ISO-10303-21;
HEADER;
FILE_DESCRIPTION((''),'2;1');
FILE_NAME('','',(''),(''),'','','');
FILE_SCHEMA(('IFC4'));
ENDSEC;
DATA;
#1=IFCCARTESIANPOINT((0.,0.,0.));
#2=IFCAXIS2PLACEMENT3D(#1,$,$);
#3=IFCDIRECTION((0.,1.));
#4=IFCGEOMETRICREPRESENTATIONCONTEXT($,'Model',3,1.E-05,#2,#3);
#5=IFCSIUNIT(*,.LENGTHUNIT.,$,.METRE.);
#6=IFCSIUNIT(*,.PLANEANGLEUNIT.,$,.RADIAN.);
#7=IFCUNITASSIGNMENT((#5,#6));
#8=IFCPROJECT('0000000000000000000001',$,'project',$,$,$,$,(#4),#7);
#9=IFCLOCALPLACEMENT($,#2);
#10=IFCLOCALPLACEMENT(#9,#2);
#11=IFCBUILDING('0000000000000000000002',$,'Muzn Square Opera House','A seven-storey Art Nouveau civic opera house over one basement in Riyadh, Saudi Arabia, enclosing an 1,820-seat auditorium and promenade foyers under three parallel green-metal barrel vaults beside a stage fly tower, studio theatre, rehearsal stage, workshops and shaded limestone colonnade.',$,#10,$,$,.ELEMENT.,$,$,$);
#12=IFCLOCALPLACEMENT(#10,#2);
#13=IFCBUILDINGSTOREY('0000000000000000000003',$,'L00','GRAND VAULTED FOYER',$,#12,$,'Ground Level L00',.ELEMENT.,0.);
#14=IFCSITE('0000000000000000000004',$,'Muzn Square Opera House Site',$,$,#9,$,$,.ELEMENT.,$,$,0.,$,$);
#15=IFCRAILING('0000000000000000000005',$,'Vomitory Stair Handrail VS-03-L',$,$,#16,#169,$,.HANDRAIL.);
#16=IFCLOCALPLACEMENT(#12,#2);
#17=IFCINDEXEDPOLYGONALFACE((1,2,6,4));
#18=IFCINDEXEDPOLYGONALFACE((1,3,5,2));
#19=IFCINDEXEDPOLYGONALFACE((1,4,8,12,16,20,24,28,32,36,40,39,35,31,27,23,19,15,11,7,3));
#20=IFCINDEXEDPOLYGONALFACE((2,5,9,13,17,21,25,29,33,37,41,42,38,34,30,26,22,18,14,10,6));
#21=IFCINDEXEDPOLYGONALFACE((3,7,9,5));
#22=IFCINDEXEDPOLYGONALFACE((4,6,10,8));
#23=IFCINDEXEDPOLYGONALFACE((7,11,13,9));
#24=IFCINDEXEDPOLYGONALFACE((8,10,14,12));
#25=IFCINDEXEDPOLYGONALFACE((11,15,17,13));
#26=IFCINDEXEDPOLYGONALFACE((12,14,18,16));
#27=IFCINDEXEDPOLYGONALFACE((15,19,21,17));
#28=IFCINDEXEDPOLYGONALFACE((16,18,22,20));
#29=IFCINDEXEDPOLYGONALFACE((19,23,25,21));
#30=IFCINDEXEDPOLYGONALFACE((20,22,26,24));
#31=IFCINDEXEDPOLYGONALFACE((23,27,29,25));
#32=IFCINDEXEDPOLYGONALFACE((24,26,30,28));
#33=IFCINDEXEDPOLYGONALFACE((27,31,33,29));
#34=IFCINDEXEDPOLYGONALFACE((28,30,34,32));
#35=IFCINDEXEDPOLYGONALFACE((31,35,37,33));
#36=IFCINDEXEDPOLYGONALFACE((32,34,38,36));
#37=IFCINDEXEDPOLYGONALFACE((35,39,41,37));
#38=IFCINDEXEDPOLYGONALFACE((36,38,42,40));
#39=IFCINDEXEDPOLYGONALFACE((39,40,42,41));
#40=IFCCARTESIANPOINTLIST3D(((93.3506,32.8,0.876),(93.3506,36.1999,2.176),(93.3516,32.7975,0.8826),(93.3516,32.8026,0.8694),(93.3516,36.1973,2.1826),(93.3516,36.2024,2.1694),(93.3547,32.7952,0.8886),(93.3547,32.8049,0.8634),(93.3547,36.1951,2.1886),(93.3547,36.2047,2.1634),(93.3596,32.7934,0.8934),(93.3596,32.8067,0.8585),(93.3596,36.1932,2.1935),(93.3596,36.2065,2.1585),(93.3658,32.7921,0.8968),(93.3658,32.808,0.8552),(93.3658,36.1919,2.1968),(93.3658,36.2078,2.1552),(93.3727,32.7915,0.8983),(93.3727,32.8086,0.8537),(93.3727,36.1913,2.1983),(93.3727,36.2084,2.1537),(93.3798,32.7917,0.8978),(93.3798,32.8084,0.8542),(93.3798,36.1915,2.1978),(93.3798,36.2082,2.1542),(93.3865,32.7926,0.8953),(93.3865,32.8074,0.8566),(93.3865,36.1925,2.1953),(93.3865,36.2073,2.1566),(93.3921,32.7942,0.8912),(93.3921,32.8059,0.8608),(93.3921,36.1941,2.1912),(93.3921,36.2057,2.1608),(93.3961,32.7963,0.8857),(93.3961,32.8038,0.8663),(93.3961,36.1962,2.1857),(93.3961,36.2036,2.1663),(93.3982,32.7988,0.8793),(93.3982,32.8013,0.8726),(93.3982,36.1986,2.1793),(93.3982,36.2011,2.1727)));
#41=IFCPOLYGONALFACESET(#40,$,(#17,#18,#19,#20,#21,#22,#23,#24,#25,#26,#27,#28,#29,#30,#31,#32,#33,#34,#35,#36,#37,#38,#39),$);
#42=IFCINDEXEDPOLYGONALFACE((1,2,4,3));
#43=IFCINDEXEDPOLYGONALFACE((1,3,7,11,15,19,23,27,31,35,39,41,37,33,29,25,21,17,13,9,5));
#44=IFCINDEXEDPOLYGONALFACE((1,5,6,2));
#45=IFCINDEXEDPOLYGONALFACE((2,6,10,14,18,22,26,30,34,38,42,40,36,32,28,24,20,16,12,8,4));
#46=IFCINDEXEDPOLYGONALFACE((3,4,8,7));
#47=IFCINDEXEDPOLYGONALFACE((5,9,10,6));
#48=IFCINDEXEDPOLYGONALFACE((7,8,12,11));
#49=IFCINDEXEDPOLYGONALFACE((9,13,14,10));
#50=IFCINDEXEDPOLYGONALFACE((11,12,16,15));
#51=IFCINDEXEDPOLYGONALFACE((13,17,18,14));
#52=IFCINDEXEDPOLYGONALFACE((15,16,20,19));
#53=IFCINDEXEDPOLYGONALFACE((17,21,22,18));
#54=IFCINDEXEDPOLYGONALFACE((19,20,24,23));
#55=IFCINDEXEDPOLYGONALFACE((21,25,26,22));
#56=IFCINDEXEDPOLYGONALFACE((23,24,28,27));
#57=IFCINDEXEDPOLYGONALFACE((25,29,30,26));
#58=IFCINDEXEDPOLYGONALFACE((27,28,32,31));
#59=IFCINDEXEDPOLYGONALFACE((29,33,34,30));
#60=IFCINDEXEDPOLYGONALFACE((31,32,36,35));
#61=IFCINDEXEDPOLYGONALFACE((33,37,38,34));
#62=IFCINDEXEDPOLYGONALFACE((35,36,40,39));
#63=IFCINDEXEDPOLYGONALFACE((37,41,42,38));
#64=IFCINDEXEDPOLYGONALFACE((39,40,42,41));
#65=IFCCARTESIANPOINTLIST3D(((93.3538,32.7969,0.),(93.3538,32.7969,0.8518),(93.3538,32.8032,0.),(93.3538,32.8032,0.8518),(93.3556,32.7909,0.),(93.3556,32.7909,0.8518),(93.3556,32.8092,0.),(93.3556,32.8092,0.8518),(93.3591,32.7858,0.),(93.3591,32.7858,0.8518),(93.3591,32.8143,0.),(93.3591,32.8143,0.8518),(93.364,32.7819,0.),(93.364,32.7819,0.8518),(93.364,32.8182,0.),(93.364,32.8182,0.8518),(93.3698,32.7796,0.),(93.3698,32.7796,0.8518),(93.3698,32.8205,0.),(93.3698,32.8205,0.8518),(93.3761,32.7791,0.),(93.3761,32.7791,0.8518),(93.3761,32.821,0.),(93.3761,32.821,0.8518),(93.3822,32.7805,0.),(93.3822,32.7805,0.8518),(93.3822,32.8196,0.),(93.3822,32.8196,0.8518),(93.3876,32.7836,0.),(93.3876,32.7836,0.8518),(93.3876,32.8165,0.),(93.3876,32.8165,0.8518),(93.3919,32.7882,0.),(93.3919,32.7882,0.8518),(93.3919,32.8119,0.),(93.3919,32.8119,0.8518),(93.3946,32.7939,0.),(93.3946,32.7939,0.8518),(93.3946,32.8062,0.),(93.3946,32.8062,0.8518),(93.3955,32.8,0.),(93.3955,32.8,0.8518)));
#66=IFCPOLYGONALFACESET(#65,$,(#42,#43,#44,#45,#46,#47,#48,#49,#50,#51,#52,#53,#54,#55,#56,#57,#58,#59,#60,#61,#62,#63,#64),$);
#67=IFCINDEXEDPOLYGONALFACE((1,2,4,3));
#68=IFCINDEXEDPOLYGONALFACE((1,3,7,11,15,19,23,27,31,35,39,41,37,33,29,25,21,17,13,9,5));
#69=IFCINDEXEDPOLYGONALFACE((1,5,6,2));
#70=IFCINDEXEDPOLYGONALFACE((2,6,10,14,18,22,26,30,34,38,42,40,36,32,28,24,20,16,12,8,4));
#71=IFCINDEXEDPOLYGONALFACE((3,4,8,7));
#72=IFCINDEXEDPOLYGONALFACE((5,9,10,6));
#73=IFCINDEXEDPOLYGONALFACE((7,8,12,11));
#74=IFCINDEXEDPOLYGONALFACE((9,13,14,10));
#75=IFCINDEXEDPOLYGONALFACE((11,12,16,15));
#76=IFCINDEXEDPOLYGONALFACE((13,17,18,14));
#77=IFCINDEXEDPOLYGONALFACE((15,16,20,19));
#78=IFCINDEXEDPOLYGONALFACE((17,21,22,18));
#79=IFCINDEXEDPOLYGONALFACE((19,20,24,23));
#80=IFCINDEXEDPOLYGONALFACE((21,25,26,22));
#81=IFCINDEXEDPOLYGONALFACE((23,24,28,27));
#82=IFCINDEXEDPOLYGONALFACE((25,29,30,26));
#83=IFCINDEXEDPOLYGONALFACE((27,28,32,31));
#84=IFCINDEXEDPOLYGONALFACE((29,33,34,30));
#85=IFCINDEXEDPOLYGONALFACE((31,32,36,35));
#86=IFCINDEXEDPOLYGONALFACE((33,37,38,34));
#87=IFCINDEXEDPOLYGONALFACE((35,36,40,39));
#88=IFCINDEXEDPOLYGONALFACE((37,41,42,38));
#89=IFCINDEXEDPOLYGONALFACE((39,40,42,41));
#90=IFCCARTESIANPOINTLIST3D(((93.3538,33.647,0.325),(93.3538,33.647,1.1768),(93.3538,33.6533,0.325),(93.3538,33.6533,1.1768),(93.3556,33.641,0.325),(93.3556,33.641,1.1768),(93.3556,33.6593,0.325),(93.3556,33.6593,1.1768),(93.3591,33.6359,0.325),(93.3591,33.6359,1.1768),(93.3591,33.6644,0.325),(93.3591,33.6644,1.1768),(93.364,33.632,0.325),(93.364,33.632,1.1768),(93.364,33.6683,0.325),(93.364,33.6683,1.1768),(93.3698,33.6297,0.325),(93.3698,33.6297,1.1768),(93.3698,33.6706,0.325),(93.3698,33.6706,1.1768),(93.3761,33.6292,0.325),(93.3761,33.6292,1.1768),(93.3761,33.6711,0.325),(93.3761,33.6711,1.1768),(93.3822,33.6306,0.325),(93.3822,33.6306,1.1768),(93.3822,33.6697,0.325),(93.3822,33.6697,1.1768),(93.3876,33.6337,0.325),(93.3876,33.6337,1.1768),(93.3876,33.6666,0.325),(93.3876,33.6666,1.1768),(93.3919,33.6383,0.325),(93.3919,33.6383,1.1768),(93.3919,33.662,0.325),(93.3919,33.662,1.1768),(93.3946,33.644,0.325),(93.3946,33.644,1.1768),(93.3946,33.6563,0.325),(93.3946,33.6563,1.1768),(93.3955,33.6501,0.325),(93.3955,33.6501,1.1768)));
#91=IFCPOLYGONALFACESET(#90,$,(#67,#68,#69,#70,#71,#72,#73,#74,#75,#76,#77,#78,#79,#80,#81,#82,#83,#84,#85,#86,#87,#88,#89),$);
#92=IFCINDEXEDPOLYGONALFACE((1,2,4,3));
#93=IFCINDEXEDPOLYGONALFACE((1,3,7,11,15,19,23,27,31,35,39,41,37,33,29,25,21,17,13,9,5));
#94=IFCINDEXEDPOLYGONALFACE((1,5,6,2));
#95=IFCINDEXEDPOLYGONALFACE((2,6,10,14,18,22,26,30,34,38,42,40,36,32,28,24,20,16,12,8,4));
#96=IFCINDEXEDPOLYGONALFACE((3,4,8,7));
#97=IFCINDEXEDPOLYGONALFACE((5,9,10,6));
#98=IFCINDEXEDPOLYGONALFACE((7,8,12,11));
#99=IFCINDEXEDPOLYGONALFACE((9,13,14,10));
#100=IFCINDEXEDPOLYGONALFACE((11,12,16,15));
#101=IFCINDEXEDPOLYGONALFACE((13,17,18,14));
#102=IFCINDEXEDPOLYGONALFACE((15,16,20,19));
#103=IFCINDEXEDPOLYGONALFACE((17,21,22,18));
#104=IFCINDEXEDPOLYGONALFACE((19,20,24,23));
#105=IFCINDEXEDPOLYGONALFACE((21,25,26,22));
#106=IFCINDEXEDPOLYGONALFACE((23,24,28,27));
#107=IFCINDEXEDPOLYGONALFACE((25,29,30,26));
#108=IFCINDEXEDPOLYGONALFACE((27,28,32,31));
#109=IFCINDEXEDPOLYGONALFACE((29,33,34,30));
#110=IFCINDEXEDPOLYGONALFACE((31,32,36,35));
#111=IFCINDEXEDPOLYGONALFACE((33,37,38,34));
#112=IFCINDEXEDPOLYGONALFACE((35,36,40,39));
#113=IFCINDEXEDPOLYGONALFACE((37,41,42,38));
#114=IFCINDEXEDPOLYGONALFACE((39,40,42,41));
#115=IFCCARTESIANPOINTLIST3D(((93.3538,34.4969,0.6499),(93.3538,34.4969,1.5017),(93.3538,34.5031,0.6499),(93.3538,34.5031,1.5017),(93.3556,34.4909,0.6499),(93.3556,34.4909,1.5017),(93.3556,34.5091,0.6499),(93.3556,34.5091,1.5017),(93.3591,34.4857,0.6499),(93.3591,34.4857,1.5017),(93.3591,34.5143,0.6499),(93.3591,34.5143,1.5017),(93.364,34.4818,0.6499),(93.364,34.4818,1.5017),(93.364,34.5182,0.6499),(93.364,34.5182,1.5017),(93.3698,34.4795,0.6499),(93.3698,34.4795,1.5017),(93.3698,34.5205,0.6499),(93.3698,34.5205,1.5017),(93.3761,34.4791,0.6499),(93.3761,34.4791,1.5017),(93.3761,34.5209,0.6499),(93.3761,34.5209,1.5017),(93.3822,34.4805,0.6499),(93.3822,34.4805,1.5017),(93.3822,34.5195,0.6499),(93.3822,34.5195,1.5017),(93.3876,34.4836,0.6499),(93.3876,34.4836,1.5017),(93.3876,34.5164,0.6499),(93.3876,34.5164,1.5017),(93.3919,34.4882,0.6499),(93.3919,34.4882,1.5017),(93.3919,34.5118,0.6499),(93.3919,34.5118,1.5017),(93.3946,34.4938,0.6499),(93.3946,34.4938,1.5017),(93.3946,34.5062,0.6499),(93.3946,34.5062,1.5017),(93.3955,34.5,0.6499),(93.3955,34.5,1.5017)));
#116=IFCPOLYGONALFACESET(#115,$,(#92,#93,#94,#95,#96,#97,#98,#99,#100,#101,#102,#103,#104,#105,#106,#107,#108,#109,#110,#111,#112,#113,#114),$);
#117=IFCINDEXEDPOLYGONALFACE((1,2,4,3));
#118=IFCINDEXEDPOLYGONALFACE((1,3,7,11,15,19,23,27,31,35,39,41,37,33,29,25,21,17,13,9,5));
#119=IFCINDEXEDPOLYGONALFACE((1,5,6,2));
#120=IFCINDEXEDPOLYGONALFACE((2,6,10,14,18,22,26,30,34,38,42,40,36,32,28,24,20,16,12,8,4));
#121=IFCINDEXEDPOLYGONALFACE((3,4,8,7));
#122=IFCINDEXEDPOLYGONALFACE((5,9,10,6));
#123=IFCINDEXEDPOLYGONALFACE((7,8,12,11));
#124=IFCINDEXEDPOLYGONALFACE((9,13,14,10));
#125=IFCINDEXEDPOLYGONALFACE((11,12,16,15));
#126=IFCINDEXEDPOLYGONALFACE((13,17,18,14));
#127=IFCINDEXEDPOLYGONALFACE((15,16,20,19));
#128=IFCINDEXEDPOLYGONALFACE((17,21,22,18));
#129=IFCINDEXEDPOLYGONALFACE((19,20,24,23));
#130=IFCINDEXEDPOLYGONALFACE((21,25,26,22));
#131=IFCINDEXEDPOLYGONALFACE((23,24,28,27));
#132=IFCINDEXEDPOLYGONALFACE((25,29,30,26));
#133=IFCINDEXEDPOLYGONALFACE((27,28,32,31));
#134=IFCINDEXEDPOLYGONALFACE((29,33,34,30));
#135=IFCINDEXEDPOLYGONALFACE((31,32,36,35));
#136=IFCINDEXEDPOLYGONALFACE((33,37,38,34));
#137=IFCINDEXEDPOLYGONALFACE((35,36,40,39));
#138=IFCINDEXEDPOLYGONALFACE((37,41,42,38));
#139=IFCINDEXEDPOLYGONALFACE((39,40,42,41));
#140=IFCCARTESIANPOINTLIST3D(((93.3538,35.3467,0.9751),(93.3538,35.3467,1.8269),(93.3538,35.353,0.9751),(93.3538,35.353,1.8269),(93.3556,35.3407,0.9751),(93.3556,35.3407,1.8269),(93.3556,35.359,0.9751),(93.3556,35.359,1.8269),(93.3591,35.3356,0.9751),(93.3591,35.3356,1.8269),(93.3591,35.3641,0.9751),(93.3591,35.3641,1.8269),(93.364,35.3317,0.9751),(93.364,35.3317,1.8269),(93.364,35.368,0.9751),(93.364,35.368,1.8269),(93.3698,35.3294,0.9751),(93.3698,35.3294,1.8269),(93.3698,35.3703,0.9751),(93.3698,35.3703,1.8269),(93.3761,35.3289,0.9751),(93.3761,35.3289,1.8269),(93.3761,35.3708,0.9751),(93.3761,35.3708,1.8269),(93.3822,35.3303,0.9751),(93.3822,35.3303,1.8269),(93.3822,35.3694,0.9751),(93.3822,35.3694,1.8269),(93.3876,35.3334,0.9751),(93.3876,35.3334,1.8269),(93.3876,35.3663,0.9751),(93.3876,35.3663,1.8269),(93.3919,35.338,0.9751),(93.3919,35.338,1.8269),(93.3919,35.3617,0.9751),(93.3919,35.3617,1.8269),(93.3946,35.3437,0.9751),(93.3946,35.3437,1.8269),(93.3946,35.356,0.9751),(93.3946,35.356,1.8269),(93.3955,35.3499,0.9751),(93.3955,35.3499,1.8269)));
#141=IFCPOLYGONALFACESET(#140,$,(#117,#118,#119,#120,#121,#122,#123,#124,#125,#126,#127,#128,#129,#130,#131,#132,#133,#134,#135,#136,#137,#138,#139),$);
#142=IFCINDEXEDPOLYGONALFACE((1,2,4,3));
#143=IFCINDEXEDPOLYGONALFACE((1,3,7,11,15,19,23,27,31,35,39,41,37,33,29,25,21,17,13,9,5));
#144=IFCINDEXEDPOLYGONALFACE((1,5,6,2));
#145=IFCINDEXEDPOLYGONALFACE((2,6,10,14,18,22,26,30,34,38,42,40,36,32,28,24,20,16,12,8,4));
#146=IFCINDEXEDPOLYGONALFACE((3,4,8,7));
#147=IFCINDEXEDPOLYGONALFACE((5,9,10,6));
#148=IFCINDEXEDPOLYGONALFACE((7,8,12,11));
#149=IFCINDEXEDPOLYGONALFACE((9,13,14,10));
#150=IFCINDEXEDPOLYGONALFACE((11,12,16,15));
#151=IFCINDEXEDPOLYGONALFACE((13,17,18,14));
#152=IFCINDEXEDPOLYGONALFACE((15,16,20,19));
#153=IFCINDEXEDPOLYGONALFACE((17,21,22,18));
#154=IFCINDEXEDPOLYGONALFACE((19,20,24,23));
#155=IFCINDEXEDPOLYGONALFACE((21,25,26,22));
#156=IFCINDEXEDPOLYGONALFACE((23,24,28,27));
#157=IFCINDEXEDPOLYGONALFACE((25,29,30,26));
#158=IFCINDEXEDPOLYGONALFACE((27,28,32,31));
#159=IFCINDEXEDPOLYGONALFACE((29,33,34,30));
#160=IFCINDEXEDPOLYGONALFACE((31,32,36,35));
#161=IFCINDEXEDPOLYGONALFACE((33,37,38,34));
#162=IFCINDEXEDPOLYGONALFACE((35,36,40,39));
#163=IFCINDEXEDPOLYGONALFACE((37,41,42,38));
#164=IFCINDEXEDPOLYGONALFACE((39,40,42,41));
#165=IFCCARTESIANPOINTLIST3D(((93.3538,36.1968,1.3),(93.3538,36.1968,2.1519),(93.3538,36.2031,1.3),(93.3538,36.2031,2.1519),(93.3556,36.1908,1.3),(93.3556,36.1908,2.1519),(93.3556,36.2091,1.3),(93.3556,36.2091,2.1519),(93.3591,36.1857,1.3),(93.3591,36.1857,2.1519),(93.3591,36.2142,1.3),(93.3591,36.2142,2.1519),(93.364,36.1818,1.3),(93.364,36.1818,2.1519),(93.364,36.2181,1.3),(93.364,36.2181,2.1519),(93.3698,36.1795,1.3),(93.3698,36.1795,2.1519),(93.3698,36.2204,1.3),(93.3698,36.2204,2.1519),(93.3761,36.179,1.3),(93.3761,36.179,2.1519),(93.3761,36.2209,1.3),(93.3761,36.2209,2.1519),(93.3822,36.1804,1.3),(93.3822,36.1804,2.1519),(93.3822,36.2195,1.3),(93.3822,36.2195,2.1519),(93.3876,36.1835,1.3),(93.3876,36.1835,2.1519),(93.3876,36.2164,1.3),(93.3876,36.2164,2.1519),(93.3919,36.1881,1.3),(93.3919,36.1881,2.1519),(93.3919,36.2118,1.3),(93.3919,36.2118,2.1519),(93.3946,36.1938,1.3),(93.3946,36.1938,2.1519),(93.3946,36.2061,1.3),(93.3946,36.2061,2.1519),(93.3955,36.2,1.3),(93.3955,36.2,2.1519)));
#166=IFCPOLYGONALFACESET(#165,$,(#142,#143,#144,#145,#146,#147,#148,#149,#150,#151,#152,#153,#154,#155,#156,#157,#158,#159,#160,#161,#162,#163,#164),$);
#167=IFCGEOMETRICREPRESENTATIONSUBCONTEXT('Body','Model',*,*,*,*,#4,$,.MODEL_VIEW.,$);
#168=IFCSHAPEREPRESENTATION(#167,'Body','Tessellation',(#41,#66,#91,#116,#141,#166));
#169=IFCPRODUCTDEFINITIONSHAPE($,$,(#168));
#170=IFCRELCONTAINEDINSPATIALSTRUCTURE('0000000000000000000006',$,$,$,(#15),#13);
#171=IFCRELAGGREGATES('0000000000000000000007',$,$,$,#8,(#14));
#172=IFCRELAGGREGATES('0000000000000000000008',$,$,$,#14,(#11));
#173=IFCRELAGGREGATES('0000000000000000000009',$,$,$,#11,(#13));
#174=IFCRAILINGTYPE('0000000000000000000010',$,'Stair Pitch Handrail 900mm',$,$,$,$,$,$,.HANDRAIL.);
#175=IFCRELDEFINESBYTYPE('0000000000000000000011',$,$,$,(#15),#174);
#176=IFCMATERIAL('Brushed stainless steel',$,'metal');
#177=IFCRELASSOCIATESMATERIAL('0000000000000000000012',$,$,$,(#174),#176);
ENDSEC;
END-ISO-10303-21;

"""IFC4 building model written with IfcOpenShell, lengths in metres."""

from ifc_helpers import new_model, si_unit, direction, frame, origin, origin_2d, place, context, subcontext, project, spatial, circle, extrude, material, type_object, element, save


model = new_model("IFC4")

# Units and contexts
model_context = context("Model", 3, precision=1e-05, world=origin(), true_north=direction((0.0, 1.0)))
body_context = subcontext(model_context, "Body", "Model", "MODEL_VIEW")
ifc_project = project(units=[si_unit("LENGTHUNIT", "METRE"), si_unit("PLANEANGLEUNIT", "RADIAN")], contexts=[model_context])

# Site, building, storey
site_placement = place(None, origin())
site = spatial("IfcSite", under=ifc_project, at=site_placement, Name="Muzn Square Opera House Site", CompositionType="ELEMENT", RefElevation=0.0)
building_placement = place(site_placement, origin())
building = spatial("IfcBuilding", under=site, at=building_placement, Name="Muzn Square Opera House", Description="A seven-storey Art Nouveau civic opera house over one basement in Riyadh, Saudi Arabia, enclosing an 1,820-seat auditorium and promenade foyers under three parallel green-metal barrel vaults beside a stage fly tower, studio theatre, rehearsal stage, workshops and shaded limestone colonnade.", CompositionType="ELEMENT")
storey_placement = place(building_placement, origin())
storey = spatial("IfcBuildingStorey", under=building, at=storey_placement, Name="L00", Description="GRAND VAULTED FOYER", LongName="Ground Level L00", CompositionType="ELEMENT", Elevation=0.0)

# Railing
ifc_material_1 = material(Name="Brushed stainless steel", Category="metal")
railing_type_1 = type_object("IfcRailingType", Name="Stair Pitch Handrail 900mm", PredefinedType="HANDRAIL", material=ifc_material_1)
for number, where, name in (
    (1, (93.3745, 32.8, 0.0), "Vomitory Stair Handrail VS-03-L"),
):
    element("IfcRailing", number, at=place(storey_placement, frame(where)), inside=storey, type_object=railing_type_1, Name=name, PredefinedType="HANDRAIL", context=body_context, shape_type="SweptSolid", body=[
        extrude(circle(Radius=0.0239, at=origin_2d()), frame((0.0, 0.0, 0.876), z_axis=(0.0, 0.934044, 0.357158), x_axis=(-1.0, 0.0, 0.0)), (0.0, 0.0, 1.0), 3.6399),
        extrude(circle(Radius=0.021, at=origin_2d()), origin(), (0.0, 0.0, 1.0), 0.8518),
        extrude(circle(Radius=0.021, at=origin_2d()), frame((0.0, 0.8501, 0.325)), (0.0, 0.0, 1.0), 0.8518),
        extrude(circle(Radius=0.021, at=origin_2d()), frame((0.0, 1.7, 0.6499)), (0.0, 0.0, 1.0), 0.8518),
        extrude(circle(Radius=0.021, at=origin_2d()), frame((0.0, 2.5498, 0.9751)), (0.0, 0.0, 1.0), 0.8518),
        extrude(circle(Radius=0.021, at=origin_2d()), frame((0.0, 3.3999, 1.3)), (0.0, 0.0, 1.0), 0.8518),
    ])

save(model, "model.ifc")
